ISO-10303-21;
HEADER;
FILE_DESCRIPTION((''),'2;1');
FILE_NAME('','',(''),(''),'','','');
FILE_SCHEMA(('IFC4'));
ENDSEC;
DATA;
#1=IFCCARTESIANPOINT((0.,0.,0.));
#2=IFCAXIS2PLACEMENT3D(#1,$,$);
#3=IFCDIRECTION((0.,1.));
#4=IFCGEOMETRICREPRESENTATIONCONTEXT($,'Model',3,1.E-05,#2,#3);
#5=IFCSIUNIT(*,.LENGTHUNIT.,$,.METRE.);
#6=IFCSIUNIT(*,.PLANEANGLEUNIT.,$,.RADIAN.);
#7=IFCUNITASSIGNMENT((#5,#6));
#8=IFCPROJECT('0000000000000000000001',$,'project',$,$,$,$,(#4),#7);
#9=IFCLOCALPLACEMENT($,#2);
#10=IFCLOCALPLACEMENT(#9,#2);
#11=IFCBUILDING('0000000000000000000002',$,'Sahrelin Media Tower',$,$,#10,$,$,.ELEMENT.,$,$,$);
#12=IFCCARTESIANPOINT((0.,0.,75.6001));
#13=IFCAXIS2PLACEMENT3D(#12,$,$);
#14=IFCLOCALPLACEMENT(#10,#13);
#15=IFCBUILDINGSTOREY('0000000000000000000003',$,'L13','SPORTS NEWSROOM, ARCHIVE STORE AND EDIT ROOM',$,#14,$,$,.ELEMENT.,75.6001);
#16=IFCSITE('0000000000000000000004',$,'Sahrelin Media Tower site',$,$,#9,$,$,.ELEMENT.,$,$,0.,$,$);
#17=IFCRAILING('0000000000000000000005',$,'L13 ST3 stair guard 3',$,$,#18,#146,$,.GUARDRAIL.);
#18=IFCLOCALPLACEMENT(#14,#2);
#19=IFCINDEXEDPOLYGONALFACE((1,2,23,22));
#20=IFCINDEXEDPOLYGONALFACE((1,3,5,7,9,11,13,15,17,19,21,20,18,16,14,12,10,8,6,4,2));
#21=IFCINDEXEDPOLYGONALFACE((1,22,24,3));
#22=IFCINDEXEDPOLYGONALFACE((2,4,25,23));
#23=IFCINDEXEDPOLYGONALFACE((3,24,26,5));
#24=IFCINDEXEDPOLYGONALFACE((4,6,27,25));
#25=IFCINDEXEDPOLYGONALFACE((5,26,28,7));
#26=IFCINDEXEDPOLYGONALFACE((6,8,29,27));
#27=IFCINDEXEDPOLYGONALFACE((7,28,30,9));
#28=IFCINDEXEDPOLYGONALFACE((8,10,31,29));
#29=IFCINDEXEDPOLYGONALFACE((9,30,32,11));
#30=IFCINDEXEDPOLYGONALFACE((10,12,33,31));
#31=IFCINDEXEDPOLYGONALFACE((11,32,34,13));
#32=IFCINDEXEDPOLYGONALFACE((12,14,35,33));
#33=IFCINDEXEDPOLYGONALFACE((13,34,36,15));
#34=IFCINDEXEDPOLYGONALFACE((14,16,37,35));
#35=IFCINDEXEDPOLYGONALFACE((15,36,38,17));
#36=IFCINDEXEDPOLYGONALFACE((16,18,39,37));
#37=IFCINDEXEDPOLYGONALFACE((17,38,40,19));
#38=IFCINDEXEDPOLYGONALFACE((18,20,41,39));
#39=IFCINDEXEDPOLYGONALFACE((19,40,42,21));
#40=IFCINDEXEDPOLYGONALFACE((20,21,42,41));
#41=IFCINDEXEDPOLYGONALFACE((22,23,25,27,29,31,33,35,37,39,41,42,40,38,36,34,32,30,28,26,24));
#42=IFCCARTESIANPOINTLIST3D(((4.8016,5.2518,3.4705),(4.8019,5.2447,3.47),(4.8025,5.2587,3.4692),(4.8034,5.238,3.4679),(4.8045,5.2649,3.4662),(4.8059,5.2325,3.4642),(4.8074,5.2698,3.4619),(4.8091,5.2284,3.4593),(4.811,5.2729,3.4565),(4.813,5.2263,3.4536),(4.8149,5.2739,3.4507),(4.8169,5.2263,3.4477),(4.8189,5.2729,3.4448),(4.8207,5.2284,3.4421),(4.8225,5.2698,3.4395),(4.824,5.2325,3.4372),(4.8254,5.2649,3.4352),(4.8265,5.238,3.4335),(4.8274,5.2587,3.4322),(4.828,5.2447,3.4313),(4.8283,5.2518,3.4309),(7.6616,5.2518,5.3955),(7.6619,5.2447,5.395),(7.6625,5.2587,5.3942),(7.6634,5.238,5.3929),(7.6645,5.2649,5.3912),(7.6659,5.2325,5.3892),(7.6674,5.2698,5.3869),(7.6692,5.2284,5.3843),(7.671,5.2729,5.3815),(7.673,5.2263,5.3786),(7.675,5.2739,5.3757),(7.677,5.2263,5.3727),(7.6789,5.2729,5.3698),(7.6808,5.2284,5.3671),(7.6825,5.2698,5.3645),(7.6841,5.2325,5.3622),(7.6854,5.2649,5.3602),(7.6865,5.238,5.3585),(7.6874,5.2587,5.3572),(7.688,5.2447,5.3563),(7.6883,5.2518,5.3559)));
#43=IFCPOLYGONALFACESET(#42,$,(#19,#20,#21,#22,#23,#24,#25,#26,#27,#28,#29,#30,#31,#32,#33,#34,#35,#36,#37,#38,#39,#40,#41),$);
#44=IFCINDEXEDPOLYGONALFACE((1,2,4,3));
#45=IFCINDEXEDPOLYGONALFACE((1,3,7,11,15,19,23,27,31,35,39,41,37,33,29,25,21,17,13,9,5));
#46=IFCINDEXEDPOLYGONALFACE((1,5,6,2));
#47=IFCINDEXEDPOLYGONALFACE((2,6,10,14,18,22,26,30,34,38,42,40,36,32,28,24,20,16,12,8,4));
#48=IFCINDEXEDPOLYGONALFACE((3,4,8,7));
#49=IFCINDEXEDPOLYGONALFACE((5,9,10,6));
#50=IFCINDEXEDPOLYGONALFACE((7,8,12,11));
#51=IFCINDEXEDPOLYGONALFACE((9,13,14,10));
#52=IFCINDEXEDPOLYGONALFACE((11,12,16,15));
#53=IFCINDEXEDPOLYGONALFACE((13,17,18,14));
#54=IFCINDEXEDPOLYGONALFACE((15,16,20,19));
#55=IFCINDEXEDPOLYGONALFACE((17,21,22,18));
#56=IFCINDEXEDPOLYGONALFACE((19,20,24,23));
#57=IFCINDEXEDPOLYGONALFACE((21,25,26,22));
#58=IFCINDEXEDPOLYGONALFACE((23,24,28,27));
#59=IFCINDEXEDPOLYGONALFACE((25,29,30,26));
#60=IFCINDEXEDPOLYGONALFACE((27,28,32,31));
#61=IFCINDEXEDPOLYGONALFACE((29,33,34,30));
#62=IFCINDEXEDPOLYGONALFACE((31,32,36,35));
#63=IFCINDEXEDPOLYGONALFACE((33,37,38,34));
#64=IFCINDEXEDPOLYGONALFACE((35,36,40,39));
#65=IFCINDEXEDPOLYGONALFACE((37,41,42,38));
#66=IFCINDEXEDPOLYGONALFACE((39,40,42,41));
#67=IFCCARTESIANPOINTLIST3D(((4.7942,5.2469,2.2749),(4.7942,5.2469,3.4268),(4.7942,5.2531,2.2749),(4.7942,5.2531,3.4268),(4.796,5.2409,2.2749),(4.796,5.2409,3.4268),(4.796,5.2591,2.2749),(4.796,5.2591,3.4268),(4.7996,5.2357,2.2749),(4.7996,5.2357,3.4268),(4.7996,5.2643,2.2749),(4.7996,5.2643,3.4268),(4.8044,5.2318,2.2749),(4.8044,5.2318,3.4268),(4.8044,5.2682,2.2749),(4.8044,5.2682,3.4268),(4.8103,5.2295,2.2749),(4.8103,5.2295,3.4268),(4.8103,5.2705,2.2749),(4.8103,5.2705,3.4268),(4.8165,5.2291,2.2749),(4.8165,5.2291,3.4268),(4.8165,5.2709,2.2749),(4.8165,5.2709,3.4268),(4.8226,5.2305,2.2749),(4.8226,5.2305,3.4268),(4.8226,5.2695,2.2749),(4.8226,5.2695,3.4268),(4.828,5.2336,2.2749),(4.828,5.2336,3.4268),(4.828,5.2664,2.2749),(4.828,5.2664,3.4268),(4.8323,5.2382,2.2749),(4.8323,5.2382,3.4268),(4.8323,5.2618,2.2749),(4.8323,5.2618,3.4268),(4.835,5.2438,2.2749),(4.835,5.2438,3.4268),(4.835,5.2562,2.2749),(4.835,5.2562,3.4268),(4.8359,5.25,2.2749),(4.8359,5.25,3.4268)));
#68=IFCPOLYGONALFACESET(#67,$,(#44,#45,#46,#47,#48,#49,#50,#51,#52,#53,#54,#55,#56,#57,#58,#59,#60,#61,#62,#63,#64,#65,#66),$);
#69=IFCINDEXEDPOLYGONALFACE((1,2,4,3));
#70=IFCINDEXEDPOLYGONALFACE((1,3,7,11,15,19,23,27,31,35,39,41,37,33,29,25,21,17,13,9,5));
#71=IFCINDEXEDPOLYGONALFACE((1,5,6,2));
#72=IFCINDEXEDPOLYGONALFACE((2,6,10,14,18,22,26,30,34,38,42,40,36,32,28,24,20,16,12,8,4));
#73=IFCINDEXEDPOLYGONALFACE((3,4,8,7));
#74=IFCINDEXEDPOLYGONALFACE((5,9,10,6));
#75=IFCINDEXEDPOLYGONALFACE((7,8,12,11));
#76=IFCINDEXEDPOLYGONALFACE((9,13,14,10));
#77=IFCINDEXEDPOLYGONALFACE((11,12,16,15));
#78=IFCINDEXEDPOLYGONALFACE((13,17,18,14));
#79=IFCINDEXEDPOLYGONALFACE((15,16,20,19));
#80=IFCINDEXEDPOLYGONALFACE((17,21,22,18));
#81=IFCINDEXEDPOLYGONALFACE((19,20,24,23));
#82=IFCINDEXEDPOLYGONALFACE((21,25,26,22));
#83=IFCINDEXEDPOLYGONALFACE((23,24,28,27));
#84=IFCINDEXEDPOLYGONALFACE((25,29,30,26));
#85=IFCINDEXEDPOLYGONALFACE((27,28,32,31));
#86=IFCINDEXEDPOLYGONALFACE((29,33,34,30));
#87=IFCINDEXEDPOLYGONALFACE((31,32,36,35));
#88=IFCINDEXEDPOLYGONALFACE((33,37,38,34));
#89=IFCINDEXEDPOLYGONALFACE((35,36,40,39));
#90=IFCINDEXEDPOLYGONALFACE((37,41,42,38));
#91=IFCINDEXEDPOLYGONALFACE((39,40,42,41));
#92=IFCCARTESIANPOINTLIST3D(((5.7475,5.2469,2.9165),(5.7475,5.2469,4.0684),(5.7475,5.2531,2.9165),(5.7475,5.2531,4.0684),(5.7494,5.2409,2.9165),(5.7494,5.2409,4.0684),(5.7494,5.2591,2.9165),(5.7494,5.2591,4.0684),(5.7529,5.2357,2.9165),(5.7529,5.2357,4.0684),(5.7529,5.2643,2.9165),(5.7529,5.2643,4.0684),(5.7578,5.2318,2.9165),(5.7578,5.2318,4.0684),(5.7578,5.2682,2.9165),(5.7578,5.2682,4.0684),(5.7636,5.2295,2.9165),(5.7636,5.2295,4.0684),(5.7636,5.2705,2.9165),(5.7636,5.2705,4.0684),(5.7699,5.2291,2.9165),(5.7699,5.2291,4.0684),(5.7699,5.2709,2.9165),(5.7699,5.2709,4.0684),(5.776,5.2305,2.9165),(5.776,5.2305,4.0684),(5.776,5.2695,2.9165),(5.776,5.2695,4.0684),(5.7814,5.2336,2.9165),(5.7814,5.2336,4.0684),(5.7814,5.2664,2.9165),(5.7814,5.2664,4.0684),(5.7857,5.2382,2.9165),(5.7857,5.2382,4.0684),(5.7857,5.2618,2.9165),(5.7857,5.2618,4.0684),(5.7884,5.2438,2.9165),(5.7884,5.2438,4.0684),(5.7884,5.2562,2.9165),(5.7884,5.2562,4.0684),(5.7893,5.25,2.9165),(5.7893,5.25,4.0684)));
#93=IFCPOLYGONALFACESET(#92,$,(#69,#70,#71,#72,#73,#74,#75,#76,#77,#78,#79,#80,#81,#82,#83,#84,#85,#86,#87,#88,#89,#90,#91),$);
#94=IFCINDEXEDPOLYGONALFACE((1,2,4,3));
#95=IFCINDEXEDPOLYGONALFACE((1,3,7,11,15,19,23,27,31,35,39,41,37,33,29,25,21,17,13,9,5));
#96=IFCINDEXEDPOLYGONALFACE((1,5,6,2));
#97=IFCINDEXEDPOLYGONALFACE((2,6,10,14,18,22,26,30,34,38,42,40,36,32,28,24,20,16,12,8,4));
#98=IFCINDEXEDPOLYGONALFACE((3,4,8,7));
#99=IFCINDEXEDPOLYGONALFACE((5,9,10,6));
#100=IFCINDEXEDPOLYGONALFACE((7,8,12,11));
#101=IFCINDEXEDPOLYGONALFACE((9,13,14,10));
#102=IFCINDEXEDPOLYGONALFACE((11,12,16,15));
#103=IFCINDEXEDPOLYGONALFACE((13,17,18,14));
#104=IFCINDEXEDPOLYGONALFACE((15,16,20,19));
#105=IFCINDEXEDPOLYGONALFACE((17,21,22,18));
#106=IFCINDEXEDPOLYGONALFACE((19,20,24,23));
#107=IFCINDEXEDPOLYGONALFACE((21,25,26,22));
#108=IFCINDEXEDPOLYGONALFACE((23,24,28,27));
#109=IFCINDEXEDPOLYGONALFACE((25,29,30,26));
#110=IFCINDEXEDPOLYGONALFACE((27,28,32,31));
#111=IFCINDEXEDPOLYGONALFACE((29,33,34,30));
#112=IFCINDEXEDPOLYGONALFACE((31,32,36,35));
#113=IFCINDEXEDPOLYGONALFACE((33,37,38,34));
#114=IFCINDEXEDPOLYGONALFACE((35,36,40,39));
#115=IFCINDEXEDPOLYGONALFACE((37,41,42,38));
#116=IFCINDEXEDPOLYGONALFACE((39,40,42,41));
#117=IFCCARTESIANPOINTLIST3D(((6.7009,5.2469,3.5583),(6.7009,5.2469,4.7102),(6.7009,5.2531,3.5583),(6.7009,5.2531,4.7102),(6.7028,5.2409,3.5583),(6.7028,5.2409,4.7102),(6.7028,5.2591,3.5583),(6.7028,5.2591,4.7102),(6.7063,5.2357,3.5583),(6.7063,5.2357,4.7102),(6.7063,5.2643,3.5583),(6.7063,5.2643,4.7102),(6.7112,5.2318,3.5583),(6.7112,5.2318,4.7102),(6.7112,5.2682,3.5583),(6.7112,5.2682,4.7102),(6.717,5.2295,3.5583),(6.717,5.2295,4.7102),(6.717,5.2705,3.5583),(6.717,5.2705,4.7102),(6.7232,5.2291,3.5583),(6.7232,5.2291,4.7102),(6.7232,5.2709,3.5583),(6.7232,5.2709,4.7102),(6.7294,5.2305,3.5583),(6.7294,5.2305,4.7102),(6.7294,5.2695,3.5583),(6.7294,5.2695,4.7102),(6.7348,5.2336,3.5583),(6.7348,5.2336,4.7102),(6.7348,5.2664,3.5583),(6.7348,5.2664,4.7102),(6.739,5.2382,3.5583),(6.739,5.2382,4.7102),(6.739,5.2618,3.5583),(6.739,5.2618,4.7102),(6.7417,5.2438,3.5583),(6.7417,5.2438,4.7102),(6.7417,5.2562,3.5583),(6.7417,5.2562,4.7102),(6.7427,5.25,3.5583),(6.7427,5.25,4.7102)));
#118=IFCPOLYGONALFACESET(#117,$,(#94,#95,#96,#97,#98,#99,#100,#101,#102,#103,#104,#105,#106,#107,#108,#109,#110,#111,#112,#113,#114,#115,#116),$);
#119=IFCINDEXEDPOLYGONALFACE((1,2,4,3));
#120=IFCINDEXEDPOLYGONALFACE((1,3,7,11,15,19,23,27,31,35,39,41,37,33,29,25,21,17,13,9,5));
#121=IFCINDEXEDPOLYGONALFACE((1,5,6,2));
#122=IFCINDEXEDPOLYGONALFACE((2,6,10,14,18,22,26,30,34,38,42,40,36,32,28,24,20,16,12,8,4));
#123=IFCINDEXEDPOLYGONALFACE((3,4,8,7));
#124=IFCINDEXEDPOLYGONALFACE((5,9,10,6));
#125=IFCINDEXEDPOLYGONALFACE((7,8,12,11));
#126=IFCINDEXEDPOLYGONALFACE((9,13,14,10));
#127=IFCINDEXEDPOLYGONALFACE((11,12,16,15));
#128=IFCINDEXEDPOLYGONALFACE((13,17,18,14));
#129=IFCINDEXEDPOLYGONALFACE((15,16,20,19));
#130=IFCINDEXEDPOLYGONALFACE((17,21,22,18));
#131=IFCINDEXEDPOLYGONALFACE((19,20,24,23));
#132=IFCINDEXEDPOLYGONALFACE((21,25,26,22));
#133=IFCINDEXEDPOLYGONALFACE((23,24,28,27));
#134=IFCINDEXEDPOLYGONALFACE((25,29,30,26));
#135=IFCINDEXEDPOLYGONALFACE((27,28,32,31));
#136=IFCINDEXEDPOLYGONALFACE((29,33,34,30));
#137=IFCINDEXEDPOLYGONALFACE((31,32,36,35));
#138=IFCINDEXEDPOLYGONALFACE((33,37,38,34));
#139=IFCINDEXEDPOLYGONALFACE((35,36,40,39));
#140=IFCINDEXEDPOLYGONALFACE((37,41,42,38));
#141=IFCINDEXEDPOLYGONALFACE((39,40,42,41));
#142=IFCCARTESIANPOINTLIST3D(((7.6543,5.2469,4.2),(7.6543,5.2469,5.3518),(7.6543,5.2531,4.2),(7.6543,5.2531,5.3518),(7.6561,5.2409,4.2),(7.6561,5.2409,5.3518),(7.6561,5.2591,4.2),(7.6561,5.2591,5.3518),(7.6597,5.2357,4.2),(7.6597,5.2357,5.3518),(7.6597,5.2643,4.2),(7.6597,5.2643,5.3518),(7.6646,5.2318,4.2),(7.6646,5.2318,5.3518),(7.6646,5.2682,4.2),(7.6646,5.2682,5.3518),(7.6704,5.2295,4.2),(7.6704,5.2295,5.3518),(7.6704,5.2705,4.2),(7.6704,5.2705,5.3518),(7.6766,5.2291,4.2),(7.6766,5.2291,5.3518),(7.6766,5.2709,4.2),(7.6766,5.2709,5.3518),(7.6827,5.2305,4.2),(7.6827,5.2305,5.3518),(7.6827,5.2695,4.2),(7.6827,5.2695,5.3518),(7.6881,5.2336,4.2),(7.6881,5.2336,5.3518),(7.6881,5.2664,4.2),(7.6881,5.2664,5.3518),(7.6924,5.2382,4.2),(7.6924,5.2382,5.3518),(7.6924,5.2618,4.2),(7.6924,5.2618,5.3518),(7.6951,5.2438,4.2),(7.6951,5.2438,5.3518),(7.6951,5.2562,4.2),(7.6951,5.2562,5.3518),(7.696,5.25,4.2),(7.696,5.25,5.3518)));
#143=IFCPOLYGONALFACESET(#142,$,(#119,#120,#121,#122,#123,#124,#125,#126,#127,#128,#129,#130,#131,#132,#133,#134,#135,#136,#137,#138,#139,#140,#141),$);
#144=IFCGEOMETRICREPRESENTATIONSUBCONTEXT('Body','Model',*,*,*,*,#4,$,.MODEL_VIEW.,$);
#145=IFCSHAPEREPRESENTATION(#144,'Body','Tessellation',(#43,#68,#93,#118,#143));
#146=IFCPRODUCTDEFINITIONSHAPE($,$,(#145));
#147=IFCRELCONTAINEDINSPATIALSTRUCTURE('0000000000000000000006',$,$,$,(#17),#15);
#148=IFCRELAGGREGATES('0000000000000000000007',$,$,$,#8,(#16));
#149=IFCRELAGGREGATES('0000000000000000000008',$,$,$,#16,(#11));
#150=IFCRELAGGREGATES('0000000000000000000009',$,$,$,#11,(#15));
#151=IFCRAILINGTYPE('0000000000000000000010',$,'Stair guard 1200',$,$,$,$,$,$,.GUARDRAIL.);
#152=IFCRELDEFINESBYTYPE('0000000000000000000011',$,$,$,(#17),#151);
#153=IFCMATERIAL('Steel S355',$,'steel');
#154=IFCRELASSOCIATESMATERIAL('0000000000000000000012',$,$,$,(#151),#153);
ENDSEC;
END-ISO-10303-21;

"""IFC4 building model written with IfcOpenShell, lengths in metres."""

from ifc_helpers import new_model, si_unit, direction, frame, origin, origin_2d, place, context, subcontext, project, spatial, circle, extrude, material, type_object, element, save


model = new_model("IFC4")

# Units and contexts
model_context = context("Model", 3, precision=1e-05, world=origin(), true_north=direction((0.0, 1.0)))
body_context = subcontext(model_context, "Body", "Model", "MODEL_VIEW")
ifc_project = project(units=[si_unit("LENGTHUNIT", "METRE"), si_unit("PLANEANGLEUNIT", "RADIAN")], contexts=[model_context])

# Site, building, storey
site_placement = place(None, origin())
site = spatial("IfcSite", under=ifc_project, at=site_placement, Name="Sahrelin Media Tower site", CompositionType="ELEMENT", RefElevation=0.0)
building_placement = place(site_placement, origin())
building = spatial("IfcBuilding", under=site, at=building_placement, Name="Sahrelin Media Tower", CompositionType="ELEMENT")
storey_placement = place(building_placement, frame((0.0, 0.0, 75.6001)))
storey = spatial("IfcBuildingStorey", under=building, at=storey_placement, Name="L13", Description="SPORTS NEWSROOM, ARCHIVE STORE AND EDIT ROOM", CompositionType="ELEMENT", Elevation=75.6001)

# Railing
ifc_material_1 = material(Name="Steel S355", Category="steel")
railing_type_1 = type_object("IfcRailingType", Name="Stair guard 1200", PredefinedType="GUARDRAIL", material=ifc_material_1)
railing_1_placement = place(storey_placement, frame((4.8149, 5.25, 2.2749)))
element("IfcRailing", 1, at=railing_1_placement, inside=storey, type_object=railing_type_1, Name="L13 ST3 stair guard 3", PredefinedType="GUARDRAIL", context=body_context, shape_type="SweptSolid", body=[
    extrude(circle(Radius=0.0239, at=origin_2d()), frame((0.0, 0.0, 1.1758), z_axis=(0.829591, 0.0, 0.558372), x_axis=(0.0, 1.0, 0.0)), (0.0, 0.0, 1.0), 3.4475),
    extrude(circle(Radius=0.021, at=origin_2d()), origin(), (0.0, 0.0, 1.0), 1.1519),
    extrude(circle(Radius=0.021, at=origin_2d()), frame((0.9534, 0.0, 0.6416)), (0.0, 0.0, 1.0), 1.1519),
    extrude(circle(Radius=0.021, at=origin_2d()), frame((1.9067, 0.0, 1.2834)), (0.0, 0.0, 1.0), 1.1519),
    extrude(circle(Radius=0.021, at=origin_2d()), frame((2.8601, 0.0, 1.925)), (0.0, 0.0, 1.0), 1.1519),
])

save(model, "model.ifc")
